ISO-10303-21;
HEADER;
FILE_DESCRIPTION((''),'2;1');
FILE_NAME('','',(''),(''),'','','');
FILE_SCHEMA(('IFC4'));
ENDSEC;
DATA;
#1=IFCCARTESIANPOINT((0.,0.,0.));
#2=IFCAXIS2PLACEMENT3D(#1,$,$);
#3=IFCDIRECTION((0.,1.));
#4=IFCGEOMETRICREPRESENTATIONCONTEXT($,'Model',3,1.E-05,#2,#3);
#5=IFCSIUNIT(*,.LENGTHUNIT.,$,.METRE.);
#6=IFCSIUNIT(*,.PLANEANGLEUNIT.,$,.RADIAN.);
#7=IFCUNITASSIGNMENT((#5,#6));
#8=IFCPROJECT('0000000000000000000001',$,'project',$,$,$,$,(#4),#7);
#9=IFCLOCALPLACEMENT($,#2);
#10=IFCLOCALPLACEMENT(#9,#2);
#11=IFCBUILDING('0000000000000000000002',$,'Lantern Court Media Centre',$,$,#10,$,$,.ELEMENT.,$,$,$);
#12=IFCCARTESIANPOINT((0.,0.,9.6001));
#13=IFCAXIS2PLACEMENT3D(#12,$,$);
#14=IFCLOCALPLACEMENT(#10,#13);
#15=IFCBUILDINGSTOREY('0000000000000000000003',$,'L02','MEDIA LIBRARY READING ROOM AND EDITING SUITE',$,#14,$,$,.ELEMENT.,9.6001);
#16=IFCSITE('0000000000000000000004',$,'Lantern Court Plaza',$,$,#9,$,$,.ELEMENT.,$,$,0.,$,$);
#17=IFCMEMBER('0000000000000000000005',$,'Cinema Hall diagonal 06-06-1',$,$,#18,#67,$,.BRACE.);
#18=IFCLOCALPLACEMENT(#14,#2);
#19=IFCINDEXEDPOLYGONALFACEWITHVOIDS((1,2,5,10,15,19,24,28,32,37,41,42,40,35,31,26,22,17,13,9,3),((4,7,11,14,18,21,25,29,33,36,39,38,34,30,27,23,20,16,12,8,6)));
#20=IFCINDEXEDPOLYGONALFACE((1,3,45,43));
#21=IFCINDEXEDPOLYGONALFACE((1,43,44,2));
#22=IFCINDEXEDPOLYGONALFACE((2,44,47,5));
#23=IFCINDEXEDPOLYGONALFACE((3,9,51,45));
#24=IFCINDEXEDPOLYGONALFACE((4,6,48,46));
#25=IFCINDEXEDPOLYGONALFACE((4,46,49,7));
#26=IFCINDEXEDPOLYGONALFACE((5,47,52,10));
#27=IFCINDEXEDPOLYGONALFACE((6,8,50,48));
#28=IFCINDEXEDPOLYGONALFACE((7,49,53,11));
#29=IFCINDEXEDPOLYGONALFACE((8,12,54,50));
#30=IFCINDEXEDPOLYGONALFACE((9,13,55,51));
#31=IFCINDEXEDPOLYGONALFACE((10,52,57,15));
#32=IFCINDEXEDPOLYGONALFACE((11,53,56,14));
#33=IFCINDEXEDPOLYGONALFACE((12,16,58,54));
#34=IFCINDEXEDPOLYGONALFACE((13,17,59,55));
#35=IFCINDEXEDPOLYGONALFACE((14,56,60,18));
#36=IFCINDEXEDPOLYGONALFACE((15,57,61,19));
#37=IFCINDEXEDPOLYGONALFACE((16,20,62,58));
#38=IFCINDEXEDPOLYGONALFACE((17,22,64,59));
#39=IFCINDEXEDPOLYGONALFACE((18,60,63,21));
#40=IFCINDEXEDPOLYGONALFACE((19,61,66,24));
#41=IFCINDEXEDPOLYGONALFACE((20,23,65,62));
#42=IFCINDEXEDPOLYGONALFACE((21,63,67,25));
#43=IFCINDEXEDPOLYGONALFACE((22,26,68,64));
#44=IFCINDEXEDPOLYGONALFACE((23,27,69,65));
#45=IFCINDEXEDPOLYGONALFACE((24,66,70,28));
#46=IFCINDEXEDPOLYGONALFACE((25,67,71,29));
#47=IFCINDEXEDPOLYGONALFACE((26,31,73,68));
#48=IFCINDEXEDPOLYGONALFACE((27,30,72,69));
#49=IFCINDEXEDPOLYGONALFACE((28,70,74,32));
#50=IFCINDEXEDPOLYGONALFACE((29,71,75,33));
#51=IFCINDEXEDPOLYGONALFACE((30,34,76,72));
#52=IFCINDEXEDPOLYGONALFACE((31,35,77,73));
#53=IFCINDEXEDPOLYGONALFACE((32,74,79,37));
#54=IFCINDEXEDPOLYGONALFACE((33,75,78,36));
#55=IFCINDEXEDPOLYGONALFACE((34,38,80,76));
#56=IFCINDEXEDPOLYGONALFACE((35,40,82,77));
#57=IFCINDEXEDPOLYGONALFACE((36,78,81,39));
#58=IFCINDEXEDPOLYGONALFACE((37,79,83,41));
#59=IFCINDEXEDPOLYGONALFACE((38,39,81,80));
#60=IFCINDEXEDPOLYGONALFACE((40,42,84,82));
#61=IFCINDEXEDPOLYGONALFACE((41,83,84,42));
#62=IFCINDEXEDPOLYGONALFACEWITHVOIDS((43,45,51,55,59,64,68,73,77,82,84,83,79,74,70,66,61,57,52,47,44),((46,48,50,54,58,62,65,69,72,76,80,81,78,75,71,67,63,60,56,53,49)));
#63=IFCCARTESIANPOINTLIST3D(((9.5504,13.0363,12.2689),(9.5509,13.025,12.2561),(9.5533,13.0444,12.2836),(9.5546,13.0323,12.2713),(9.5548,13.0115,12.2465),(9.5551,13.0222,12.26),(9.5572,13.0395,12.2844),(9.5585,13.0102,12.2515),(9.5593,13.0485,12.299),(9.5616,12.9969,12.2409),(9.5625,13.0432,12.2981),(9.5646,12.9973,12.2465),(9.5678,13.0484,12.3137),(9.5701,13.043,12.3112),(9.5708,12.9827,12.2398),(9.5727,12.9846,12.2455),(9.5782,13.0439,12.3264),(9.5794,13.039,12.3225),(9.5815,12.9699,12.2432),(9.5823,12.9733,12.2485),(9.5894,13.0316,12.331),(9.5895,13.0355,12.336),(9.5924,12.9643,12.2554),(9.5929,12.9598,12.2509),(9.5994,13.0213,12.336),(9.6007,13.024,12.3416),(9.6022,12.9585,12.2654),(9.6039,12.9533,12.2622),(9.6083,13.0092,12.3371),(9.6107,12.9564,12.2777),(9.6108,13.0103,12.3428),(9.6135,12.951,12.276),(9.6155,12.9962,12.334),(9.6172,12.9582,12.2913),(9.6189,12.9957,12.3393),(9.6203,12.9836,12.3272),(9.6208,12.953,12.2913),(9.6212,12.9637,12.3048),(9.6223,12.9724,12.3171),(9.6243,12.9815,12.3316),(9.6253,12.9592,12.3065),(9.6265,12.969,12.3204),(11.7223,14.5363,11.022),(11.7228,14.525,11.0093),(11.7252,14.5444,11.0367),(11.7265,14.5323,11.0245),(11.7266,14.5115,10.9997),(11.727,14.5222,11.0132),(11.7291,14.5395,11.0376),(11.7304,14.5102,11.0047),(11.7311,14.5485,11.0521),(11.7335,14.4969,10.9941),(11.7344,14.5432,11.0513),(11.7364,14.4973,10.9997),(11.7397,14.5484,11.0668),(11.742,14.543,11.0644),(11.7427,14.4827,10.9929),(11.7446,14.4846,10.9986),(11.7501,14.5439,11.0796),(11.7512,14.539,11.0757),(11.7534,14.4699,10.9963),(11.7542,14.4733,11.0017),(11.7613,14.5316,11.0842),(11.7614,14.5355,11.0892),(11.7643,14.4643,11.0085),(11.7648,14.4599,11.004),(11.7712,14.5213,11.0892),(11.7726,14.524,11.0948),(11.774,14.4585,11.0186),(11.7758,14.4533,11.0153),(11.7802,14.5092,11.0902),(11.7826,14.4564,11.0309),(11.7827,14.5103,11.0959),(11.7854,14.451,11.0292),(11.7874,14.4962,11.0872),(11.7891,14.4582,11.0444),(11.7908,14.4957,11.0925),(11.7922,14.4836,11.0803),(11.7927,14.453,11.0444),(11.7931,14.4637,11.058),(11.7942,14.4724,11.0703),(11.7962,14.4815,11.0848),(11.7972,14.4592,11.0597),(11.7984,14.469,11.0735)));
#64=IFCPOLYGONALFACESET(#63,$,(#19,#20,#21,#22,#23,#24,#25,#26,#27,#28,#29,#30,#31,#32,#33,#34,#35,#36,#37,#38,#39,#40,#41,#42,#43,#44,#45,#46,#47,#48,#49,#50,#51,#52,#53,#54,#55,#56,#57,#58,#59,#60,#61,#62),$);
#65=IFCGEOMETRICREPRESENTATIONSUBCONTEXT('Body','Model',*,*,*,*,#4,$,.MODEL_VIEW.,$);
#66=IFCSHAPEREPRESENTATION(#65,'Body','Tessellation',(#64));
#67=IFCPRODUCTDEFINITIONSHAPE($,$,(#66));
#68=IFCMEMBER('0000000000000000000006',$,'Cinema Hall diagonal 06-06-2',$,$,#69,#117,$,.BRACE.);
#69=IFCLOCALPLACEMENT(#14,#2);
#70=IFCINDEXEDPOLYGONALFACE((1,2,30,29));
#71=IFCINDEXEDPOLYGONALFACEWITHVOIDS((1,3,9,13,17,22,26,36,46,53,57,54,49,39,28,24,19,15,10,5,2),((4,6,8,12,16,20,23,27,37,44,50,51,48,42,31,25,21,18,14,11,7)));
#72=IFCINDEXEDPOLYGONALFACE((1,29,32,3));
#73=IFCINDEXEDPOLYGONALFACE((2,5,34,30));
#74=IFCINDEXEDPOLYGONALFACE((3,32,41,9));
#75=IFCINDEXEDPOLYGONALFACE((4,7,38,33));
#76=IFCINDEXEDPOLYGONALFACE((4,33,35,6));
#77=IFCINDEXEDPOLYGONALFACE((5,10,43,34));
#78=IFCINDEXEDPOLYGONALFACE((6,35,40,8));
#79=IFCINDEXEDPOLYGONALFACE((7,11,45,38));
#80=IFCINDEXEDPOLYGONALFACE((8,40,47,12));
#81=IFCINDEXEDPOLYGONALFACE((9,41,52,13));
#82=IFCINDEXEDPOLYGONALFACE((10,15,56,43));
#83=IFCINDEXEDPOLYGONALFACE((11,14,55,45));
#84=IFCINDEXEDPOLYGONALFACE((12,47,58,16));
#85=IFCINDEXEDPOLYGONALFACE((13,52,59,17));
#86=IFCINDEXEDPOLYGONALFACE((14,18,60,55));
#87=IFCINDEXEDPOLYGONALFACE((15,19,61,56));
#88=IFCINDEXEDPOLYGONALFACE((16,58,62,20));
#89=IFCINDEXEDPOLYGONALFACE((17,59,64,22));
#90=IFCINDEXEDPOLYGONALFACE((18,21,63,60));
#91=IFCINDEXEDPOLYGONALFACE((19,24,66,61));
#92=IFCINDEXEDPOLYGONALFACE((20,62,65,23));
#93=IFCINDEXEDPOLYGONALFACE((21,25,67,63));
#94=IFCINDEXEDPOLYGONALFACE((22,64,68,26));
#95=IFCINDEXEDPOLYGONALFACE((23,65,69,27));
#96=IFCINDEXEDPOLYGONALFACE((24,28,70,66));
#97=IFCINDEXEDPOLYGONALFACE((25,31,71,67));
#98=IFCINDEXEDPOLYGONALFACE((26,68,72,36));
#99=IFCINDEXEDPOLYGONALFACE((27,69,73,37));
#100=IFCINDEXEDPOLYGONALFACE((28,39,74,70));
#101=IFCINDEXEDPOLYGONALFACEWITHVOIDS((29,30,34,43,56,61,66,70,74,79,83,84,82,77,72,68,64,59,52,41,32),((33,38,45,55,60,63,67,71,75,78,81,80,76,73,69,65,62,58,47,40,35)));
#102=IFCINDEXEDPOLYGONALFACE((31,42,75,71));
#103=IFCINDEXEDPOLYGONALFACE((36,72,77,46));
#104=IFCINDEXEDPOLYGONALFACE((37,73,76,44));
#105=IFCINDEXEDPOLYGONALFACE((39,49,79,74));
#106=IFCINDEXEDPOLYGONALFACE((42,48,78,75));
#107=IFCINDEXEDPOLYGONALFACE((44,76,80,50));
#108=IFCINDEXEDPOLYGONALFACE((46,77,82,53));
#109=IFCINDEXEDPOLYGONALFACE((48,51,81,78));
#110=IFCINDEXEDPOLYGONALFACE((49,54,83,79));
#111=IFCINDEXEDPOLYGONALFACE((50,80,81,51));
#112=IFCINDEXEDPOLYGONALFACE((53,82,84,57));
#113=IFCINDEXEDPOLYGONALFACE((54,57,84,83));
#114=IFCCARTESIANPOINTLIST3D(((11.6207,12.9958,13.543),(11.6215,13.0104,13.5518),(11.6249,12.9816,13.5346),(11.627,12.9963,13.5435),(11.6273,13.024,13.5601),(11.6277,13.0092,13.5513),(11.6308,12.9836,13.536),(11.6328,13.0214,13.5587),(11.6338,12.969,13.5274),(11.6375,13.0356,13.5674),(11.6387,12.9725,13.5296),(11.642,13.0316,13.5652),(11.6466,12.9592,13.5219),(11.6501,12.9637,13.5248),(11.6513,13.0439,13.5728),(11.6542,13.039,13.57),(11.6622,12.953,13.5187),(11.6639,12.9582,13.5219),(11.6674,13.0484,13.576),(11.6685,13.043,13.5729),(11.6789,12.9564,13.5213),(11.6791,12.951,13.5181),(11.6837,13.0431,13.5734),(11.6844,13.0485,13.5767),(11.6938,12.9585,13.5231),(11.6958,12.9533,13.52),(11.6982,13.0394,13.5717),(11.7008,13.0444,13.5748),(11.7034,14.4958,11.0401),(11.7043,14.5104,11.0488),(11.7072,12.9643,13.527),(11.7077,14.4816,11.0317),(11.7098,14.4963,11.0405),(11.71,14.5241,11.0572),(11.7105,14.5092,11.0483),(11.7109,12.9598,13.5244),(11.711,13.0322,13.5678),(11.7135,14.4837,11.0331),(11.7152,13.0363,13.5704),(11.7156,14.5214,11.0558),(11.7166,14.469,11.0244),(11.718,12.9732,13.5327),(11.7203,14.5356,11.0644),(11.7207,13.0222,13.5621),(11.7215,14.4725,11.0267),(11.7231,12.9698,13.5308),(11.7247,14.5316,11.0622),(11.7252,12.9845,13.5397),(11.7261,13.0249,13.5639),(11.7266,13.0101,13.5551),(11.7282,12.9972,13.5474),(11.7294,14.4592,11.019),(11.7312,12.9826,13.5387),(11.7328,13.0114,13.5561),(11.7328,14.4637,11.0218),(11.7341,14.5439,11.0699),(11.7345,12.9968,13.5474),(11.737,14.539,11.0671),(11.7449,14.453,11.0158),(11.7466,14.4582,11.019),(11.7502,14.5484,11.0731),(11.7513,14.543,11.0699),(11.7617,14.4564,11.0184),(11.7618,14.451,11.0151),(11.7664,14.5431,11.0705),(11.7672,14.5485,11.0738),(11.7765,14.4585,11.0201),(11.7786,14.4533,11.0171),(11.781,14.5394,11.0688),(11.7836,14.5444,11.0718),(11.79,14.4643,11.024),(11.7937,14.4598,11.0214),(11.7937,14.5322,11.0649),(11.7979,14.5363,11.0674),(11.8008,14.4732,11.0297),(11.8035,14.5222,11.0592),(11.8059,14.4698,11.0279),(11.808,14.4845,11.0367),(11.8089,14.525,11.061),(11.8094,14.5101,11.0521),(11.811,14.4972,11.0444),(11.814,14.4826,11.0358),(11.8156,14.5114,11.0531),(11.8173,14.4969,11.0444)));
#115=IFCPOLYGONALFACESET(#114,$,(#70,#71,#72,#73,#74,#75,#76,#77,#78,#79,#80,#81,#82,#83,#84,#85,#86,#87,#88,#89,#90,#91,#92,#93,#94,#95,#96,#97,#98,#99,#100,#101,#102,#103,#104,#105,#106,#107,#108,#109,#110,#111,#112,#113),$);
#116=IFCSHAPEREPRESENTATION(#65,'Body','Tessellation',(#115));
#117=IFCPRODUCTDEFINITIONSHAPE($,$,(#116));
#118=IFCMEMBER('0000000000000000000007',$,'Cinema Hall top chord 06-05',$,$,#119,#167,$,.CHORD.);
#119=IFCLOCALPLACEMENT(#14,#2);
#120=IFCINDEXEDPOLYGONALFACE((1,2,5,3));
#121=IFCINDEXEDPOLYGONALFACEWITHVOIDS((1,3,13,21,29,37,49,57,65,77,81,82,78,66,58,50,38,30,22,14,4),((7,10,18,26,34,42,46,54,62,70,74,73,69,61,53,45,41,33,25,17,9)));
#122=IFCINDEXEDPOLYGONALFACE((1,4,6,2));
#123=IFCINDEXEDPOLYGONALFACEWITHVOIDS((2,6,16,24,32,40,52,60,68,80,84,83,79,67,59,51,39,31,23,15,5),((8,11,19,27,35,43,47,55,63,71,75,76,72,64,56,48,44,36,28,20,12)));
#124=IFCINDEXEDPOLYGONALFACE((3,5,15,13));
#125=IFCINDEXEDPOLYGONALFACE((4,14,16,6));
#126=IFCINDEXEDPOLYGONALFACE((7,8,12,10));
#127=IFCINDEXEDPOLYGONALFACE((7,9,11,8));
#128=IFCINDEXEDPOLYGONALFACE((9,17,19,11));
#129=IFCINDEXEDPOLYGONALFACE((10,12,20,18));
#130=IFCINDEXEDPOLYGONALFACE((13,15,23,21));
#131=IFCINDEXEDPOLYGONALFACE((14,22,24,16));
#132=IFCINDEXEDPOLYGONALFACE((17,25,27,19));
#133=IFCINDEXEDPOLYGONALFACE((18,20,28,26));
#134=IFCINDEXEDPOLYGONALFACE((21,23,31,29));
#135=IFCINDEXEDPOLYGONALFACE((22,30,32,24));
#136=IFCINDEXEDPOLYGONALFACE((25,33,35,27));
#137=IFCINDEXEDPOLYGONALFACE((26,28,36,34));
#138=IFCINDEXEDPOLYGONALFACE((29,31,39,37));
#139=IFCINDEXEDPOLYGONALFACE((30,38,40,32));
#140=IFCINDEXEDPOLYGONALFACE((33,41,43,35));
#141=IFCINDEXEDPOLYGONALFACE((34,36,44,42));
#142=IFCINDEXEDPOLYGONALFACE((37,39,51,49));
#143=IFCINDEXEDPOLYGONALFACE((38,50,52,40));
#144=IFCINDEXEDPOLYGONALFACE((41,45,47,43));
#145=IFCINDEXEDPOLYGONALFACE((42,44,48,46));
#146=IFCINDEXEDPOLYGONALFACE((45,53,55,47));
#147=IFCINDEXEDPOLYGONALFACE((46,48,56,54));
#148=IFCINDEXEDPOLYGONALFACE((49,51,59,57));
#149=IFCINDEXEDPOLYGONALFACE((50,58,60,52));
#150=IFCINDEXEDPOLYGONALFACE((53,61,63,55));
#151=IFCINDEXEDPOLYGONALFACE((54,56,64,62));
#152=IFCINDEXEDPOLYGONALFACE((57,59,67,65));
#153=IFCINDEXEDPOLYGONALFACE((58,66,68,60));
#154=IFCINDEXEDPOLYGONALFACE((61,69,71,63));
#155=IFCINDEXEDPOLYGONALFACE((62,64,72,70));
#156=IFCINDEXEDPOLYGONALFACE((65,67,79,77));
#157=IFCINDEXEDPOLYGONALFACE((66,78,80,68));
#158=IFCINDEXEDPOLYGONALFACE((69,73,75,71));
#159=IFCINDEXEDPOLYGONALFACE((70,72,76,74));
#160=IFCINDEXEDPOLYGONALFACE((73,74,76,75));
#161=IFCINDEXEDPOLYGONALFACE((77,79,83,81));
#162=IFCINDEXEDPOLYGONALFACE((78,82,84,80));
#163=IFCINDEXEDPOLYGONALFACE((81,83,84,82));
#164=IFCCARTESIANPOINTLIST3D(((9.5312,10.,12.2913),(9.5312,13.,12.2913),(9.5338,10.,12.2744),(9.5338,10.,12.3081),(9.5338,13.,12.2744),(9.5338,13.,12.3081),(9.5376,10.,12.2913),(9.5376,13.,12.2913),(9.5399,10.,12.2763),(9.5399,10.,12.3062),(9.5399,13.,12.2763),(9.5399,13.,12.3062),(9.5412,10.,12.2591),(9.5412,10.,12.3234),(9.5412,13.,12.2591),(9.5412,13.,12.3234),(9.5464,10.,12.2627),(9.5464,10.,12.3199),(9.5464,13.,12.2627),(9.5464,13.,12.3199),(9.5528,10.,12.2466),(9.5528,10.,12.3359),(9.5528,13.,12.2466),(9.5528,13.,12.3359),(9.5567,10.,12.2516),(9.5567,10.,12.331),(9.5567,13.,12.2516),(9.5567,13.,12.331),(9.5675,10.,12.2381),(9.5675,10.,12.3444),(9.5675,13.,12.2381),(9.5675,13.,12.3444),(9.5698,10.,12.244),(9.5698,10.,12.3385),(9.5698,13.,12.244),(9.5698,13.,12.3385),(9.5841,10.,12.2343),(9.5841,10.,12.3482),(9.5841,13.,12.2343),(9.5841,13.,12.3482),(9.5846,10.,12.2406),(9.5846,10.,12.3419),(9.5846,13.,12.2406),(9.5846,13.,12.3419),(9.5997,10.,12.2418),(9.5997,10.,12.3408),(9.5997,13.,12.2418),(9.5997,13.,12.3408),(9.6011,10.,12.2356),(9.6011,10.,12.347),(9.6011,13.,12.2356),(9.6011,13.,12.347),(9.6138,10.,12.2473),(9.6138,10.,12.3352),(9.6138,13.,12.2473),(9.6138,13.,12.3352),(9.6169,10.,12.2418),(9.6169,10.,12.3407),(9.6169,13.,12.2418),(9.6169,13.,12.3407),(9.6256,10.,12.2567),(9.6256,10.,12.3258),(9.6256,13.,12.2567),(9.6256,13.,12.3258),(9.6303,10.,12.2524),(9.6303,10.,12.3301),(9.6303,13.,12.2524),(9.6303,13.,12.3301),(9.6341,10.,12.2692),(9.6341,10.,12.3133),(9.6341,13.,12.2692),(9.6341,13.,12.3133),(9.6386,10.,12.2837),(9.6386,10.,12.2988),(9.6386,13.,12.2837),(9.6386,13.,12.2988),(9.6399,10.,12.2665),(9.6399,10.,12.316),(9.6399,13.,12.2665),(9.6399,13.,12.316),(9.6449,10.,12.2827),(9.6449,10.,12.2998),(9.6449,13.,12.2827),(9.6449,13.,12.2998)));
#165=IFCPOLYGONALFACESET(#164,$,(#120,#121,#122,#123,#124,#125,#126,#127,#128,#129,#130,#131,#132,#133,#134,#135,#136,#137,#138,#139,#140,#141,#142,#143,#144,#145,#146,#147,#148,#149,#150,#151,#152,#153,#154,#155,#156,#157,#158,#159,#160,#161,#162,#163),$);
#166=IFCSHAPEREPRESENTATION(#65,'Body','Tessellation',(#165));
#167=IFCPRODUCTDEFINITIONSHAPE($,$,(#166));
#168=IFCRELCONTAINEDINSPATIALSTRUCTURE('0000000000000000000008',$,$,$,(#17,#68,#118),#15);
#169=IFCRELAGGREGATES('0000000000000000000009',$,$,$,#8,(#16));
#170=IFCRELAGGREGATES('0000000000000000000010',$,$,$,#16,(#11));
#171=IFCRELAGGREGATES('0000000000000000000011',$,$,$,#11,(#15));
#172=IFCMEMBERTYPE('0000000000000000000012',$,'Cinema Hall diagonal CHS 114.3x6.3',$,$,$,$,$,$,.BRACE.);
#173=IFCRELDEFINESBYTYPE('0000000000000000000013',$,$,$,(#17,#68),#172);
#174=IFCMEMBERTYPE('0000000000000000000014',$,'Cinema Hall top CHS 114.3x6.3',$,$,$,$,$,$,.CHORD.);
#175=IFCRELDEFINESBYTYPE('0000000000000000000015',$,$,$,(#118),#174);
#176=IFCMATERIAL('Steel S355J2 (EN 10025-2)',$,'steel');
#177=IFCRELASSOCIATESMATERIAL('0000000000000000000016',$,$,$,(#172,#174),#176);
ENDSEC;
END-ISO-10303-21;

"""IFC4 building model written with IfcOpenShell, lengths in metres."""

from ifc_helpers import new_model, si_unit, direction, frame, origin, origin_2d, place, context, subcontext, project, spatial, hollow_circle, extrude, material, material_profile, profile_set, type_object, element, save


model = new_model("IFC4")

# Units and contexts
model_context = context("Model", 3, precision=1e-05, world=origin(), true_north=direction((0.0, 1.0)))
body_context = subcontext(model_context, "Body", "Model", "MODEL_VIEW")
ifc_project = project(units=[si_unit("LENGTHUNIT", "METRE"), si_unit("PLANEANGLEUNIT", "RADIAN")], contexts=[model_context])

# Site, building, storey
site_placement = place(None, origin())
site = spatial("IfcSite", under=ifc_project, at=site_placement, Name="Lantern Court Plaza", CompositionType="ELEMENT", RefElevation=0.0)
building_placement = place(site_placement, origin())
building = spatial("IfcBuilding", under=site, at=building_placement, Name="Lantern Court Media Centre", CompositionType="ELEMENT")
storey_placement = place(building_placement, frame((0.0, 0.0, 9.6001)))
storey = spatial("IfcBuildingStorey", under=building, at=storey_placement, Name="L02", Description="MEDIA LIBRARY READING ROOM AND EDITING SUITE", CompositionType="ELEMENT", Elevation=9.6001)

# Members
ifc_material = material(Name="Steel S355J2 (EN 10025-2)", Category="steel")
ifc_material_profile_1 = material_profile(ifc_material, hollow_circle(Radius=0.0571, WallThickness=0.0063, at=origin_2d()), Name="Cinema Hall diagonal CHS 114.3x6.3")
ifc_profile_set_1 = profile_set([ifc_material_profile_1], Name="Steel S355J2 (EN 10025-2)")
member_type_1 = type_object("IfcMemberType", Name="Cinema Hall diagonal CHS 114.3x6.3", PredefinedType="BRACE", material=ifc_profile_set_1)
for number, where, z_axis, x_axis, name in (
    (1, (11.7603, 14.5, 11.0444), (-0.744002, -0.513843, 0.427115), (0.568286, -0.822831, 0.0), "Cinema Hall diagonal 06-06-1"),
    (2, (11.7603, 14.5, 11.0444), (-0.028352, -0.513846, 0.857414), (0.998481, -0.055092, 0.0), "Cinema Hall diagonal 06-06-2"),
):
    element("IfcMember", number, at=place(storey_placement, frame(where, z_axis=z_axis, x_axis=x_axis)), inside=storey, type_object=member_type_1, Name=name, PredefinedType="BRACE", context=body_context, shape_type="SweptSolid", body=[
        extrude(hollow_circle(Radius=0.0571, WallThickness=0.0063, at=origin_2d()), origin(), (0.0, 0.0, 1.0), 2.9192),
    ])
ifc_material_profile_2 = material_profile(ifc_material, hollow_circle(Radius=0.0571, WallThickness=0.0063, at=origin_2d()), Name="Cinema Hall top CHS 114.3x6.3")
ifc_profile_set_2 = profile_set([ifc_material_profile_2], Name="Steel S355J2 (EN 10025-2)")
member_type_2 = type_object("IfcMemberType", Name="Cinema Hall top CHS 114.3x6.3", PredefinedType="CHORD", material=ifc_profile_set_2)
for number, where, z_axis, x_axis, name in (
    (3, (9.5884, 10.0, 12.2913), (0.0, 1.0, 0.0), (-1.0, 0.0, 0.0), "Cinema Hall top chord 06-05"),
):
    element("IfcMember", number, at=place(storey_placement, frame(where, z_axis=z_axis, x_axis=x_axis)), inside=storey, type_object=member_type_2, Name=name, PredefinedType="CHORD", context=body_context, shape_type="SweptSolid", body=[
        extrude(hollow_circle(Radius=0.0571, WallThickness=0.0063, at=origin_2d()), origin(), (0.0, 0.0, 1.0), 3.0),
    ])

save(model, "model.ifc")
